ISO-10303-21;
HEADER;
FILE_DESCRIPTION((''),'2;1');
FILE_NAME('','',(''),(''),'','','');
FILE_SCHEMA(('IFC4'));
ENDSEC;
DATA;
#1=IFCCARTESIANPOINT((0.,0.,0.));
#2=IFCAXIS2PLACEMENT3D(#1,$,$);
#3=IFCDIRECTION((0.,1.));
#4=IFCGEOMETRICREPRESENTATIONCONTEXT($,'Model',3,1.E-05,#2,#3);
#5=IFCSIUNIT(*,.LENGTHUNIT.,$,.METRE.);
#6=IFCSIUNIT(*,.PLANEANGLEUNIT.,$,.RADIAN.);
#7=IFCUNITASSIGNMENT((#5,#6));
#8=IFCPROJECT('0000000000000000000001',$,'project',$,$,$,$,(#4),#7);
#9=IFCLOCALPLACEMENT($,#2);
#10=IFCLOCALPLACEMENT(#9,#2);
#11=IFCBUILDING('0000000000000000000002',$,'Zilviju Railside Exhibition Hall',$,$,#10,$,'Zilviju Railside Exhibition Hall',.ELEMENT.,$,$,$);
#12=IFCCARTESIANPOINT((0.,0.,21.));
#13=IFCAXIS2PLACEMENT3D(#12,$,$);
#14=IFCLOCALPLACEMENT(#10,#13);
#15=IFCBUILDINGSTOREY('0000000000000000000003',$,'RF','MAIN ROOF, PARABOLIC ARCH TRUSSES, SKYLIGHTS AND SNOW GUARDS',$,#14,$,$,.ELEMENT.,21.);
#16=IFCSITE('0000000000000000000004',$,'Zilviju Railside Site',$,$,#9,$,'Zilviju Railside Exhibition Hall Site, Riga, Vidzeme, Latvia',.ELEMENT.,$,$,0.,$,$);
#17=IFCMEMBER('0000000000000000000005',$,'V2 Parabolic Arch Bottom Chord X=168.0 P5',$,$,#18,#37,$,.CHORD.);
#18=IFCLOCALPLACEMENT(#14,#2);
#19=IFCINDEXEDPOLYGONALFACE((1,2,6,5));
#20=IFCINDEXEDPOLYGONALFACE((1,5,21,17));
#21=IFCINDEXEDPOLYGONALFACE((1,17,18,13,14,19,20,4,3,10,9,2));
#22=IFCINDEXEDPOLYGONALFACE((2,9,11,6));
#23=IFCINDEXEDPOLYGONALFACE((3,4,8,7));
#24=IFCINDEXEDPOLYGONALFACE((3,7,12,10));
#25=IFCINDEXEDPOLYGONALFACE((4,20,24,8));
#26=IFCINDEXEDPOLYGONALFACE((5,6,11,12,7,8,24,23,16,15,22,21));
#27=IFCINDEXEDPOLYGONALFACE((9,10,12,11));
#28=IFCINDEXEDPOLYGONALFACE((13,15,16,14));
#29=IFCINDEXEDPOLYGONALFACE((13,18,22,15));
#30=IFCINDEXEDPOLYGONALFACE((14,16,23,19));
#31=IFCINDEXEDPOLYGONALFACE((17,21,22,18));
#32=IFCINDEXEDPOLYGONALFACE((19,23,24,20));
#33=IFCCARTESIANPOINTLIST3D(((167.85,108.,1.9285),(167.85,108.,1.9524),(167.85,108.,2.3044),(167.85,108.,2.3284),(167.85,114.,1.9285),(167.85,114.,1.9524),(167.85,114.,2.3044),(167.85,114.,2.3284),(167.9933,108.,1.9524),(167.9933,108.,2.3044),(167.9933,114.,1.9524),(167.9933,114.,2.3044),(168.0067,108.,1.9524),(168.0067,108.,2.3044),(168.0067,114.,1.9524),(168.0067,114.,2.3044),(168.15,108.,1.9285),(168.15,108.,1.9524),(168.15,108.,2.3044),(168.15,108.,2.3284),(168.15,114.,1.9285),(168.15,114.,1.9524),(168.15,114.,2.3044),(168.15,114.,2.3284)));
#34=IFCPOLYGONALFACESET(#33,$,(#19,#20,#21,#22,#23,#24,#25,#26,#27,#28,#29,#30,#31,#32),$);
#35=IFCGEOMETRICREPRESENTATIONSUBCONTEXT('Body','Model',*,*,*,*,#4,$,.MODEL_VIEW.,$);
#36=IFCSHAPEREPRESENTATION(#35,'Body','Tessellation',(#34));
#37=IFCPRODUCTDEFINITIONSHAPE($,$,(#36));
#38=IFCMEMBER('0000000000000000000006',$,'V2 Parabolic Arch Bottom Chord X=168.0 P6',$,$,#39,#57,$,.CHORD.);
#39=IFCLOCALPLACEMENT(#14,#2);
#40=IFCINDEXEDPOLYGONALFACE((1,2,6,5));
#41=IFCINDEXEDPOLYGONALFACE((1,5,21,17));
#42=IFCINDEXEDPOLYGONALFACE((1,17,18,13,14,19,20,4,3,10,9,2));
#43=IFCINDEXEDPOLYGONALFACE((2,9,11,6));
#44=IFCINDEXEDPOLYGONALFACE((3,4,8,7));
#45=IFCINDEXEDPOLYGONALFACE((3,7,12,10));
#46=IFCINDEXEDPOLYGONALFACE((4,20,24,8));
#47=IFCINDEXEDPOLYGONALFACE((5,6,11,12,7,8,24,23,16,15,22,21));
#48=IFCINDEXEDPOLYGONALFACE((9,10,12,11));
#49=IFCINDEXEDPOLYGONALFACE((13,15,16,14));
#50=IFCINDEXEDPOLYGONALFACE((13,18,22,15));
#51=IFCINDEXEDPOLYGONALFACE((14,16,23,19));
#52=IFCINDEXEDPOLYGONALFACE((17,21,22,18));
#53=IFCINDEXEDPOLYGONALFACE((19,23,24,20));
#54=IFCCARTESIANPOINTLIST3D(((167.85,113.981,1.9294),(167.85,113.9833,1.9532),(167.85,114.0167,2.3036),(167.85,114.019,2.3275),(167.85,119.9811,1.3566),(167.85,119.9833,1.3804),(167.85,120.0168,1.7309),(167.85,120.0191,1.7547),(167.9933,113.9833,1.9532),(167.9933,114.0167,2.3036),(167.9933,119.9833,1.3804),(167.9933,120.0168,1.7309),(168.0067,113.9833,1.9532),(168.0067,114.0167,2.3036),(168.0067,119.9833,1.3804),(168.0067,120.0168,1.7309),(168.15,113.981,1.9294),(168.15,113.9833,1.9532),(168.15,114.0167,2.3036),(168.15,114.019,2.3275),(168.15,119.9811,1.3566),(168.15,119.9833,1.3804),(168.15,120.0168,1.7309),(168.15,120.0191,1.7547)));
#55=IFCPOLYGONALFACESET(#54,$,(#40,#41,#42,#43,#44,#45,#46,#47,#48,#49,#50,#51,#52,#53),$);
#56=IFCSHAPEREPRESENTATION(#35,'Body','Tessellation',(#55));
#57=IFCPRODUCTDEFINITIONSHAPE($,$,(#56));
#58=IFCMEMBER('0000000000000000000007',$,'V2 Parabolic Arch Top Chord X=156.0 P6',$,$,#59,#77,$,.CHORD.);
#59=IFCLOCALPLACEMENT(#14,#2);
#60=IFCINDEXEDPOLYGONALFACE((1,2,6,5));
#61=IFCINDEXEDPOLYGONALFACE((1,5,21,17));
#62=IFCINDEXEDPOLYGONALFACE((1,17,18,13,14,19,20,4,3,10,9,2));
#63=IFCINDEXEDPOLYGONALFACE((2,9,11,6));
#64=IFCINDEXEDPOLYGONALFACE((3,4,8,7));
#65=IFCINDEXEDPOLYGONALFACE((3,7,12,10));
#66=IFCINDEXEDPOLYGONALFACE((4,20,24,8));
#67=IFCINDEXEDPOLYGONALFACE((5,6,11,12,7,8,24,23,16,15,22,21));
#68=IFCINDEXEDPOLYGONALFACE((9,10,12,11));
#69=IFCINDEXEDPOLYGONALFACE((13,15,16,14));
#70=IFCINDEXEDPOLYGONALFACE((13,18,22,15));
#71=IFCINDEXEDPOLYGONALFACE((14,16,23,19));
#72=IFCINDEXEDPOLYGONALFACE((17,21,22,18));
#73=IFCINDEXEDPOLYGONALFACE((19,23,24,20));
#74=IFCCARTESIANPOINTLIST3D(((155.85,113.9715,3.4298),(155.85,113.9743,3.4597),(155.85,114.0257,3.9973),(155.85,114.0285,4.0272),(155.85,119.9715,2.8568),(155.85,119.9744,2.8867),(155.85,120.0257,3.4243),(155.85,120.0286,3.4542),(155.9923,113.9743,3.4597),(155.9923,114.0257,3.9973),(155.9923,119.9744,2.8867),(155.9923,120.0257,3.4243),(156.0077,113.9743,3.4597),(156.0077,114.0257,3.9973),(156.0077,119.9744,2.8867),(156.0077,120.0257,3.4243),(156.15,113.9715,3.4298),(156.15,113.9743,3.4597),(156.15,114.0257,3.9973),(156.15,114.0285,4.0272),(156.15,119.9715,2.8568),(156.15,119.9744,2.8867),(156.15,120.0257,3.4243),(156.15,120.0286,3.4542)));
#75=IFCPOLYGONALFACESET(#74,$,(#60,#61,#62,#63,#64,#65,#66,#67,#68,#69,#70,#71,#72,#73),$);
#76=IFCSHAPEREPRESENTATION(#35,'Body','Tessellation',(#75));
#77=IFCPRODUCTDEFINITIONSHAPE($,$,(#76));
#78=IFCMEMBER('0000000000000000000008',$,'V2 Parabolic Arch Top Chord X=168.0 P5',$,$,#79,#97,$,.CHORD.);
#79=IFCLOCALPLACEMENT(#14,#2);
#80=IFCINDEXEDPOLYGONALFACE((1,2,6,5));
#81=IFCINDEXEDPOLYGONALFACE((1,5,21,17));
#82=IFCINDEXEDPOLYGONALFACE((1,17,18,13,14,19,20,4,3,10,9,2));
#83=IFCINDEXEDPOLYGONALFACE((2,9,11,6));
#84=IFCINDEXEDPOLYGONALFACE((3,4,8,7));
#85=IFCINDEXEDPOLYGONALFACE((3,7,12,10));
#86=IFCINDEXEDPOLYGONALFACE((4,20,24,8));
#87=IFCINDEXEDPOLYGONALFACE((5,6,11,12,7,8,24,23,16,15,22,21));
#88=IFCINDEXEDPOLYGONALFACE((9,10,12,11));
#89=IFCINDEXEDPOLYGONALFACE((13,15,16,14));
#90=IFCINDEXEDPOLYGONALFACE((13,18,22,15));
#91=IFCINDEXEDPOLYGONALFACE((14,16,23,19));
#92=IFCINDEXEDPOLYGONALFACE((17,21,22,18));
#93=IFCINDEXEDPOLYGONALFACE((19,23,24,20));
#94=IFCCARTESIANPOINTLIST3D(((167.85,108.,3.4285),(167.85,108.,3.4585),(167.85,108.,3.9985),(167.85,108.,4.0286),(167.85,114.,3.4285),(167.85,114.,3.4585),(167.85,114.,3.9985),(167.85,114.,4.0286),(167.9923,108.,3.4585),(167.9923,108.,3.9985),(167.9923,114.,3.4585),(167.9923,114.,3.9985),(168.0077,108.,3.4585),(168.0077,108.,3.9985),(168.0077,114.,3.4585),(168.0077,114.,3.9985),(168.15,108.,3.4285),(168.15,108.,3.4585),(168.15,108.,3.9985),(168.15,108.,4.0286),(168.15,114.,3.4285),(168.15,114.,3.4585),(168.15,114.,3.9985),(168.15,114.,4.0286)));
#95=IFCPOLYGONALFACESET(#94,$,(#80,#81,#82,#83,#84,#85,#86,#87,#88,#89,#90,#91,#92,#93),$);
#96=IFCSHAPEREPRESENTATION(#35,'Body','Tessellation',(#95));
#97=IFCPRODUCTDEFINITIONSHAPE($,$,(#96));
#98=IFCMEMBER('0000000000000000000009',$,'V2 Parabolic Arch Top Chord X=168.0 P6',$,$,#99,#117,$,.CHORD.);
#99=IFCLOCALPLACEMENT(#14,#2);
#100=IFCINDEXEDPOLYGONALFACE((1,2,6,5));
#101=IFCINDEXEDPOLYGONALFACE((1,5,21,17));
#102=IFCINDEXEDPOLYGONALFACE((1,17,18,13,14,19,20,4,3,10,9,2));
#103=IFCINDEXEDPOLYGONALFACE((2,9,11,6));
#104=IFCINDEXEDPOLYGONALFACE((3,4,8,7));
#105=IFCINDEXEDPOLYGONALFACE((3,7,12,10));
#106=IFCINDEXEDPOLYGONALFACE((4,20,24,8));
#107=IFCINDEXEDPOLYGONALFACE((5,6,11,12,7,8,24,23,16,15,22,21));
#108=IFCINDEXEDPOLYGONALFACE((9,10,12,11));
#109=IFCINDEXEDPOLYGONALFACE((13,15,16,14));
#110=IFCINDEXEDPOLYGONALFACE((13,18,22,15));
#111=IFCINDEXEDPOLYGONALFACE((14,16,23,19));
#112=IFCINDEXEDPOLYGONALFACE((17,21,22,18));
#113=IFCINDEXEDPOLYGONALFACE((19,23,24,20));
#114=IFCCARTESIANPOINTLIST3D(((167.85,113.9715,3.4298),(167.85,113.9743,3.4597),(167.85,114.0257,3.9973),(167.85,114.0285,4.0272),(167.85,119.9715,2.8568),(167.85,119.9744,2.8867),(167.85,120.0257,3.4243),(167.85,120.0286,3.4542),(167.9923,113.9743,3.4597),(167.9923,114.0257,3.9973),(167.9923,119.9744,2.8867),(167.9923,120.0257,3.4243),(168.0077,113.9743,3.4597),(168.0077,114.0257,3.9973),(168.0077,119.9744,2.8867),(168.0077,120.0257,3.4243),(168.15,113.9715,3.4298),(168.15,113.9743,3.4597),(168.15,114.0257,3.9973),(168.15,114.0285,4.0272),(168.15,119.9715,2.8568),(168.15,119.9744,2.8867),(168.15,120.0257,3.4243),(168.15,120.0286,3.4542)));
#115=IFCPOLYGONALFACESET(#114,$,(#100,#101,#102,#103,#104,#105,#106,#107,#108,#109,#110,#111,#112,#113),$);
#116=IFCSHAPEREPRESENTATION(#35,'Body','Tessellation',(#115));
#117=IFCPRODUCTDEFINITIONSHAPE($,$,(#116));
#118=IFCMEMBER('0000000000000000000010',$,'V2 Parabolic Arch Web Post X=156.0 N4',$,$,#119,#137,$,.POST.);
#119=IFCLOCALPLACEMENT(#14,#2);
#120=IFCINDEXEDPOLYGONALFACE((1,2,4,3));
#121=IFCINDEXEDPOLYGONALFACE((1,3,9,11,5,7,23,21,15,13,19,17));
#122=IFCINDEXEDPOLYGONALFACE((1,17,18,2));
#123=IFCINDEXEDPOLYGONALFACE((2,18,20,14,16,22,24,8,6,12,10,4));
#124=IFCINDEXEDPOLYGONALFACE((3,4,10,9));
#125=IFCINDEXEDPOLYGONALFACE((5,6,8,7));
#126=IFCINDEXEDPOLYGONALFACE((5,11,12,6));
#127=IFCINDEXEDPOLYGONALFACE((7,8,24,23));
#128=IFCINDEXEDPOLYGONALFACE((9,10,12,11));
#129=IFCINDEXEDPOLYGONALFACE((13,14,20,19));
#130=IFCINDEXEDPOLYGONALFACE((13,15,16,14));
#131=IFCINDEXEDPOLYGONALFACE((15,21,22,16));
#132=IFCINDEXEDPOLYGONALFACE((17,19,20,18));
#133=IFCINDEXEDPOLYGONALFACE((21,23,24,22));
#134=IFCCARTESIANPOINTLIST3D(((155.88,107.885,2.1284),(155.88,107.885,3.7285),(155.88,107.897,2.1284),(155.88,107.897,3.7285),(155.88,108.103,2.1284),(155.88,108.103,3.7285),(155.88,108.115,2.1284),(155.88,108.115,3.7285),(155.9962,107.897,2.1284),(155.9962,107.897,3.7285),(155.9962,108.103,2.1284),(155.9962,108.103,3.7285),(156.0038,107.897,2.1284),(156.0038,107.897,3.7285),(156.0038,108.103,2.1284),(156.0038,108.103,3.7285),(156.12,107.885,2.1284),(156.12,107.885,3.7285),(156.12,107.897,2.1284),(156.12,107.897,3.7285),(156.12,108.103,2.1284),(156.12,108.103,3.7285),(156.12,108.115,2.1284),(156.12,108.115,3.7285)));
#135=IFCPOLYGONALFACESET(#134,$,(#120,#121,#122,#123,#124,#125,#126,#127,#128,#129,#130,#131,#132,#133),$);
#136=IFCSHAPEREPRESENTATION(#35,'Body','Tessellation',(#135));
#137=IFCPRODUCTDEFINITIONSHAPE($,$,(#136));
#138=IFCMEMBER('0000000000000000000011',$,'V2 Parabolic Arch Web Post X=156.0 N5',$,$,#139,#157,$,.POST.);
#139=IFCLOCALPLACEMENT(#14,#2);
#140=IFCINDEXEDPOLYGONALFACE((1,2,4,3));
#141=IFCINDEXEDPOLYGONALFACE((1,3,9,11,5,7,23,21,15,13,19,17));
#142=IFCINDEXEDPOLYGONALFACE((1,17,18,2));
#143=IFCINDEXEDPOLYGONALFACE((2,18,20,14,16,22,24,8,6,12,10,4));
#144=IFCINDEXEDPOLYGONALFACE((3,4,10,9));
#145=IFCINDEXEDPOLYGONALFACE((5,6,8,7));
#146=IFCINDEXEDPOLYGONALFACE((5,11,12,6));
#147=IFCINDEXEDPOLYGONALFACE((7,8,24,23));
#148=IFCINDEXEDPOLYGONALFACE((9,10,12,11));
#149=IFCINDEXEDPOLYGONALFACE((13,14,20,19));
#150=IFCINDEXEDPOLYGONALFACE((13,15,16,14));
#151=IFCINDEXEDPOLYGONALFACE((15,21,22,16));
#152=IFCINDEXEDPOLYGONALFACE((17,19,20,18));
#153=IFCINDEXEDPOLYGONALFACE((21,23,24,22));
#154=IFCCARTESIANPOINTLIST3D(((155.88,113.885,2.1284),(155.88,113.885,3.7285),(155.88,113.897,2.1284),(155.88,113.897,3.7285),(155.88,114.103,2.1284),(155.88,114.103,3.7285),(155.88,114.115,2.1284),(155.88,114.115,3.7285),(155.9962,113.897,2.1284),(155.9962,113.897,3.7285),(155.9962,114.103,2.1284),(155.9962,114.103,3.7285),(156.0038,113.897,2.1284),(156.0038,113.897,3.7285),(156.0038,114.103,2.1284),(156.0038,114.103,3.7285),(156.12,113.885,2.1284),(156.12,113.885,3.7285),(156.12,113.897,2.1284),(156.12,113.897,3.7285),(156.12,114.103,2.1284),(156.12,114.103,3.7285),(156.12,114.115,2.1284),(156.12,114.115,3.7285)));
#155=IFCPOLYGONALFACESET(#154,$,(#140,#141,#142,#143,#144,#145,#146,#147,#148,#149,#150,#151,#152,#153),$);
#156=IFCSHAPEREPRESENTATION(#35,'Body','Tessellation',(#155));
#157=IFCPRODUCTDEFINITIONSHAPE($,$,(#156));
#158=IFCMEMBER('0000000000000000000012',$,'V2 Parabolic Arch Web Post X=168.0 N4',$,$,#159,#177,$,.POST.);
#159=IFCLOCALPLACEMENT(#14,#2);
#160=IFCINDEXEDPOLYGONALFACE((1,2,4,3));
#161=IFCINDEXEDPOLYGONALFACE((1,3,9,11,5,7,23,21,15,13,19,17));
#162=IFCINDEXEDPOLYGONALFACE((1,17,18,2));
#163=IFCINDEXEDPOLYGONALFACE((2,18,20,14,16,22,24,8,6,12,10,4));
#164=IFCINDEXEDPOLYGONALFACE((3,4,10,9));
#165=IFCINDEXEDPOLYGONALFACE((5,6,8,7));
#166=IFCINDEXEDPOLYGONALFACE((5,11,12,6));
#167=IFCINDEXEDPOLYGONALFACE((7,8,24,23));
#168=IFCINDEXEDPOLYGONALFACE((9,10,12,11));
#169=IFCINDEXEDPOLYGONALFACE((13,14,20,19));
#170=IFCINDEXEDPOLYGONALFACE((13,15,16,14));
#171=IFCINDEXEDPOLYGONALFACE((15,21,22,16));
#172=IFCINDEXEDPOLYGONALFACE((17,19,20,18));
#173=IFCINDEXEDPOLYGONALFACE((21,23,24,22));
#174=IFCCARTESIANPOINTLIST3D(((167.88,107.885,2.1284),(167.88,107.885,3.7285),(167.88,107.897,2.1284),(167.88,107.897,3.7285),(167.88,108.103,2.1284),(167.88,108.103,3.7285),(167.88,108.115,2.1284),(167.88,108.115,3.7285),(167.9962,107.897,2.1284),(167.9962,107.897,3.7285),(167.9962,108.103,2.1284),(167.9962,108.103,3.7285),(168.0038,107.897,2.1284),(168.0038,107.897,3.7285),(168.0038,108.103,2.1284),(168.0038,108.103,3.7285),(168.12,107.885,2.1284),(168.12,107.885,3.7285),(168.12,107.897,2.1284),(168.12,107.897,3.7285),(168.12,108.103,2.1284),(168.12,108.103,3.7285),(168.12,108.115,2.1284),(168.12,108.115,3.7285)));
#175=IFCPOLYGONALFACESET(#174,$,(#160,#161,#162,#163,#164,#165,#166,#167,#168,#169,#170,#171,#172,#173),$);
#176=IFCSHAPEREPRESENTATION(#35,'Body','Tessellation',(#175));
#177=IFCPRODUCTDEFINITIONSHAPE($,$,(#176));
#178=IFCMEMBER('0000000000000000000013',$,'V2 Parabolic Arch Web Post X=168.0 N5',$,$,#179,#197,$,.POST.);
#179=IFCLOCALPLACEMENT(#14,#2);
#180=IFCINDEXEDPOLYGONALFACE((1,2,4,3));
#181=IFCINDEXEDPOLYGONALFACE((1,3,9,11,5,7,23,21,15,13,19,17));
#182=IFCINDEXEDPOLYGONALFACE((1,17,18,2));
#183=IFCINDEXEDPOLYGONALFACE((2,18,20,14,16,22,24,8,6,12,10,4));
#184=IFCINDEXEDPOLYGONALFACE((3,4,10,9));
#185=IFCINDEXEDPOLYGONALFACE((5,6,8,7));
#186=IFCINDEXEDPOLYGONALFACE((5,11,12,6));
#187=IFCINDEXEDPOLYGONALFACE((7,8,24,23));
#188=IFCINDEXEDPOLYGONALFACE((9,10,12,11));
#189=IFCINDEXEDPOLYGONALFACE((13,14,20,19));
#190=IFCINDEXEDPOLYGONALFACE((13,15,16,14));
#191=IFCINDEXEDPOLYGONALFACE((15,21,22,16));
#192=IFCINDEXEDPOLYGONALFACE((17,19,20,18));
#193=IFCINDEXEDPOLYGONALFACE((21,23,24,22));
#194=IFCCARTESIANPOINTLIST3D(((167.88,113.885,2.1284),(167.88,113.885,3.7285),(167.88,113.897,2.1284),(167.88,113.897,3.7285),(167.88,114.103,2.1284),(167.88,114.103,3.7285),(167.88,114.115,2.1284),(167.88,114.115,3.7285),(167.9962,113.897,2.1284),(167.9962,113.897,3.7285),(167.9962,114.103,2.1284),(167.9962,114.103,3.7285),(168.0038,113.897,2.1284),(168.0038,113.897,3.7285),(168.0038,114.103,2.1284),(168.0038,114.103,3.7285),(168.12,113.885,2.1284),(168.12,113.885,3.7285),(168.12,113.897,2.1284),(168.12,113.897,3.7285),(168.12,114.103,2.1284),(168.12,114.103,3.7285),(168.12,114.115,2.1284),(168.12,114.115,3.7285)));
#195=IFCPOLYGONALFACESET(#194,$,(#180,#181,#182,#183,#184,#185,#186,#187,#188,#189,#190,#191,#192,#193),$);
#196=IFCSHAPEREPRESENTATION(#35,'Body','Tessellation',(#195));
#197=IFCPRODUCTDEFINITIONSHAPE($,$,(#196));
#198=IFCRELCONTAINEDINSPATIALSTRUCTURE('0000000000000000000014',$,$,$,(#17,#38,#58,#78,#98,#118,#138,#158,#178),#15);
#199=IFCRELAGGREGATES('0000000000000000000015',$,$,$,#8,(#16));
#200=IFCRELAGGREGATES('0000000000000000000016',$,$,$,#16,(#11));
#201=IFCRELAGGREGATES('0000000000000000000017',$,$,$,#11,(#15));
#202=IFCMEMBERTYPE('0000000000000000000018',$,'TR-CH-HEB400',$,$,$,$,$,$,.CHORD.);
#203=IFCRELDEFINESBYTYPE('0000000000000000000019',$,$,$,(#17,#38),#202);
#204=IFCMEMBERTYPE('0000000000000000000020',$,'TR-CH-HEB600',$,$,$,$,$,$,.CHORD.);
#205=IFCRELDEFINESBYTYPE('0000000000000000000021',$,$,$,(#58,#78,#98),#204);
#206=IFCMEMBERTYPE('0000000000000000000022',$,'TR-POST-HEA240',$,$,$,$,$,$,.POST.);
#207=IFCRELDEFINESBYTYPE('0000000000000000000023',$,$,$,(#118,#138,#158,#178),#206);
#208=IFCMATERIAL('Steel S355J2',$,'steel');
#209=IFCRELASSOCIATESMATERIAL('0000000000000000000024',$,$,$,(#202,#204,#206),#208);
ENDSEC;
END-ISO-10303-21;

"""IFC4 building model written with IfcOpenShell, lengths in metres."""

from ifc_helpers import new_model, si_unit, direction, frame, origin, origin_2d, place, context, subcontext, project, spatial, i_section, extrude, material, material_profile, profile_set, type_object, element, save


model = new_model("IFC4")

# Units and contexts
model_context = context("Model", 3, precision=1e-05, world=origin(), true_north=direction((0.0, 1.0)))
body_context = subcontext(model_context, "Body", "Model", "MODEL_VIEW")
ifc_project = project(units=[si_unit("LENGTHUNIT", "METRE"), si_unit("PLANEANGLEUNIT", "RADIAN")], contexts=[model_context])

# Site, building, storey
site_placement = place(None, origin())
site = spatial("IfcSite", under=ifc_project, at=site_placement, Name="Zilviju Railside Site", LongName="Zilviju Railside Exhibition Hall Site, Riga, Vidzeme, Latvia", CompositionType="ELEMENT", RefElevation=0.0)
building_placement = place(site_placement, origin())
building = spatial("IfcBuilding", under=site, at=building_placement, Name="Zilviju Railside Exhibition Hall", LongName="Zilviju Railside Exhibition Hall", CompositionType="ELEMENT")
storey_placement = place(building_placement, frame((0.0, 0.0, 21.0)))
storey = spatial("IfcBuildingStorey", under=building, at=storey_placement, Name="RF", Description="MAIN ROOF, PARABOLIC ARCH TRUSSES, SKYLIGHTS AND SNOW GUARDS", CompositionType="ELEMENT", Elevation=21.0)

# Members
ifc_material_1 = material(Name="Steel S355J2", Category="steel")
ifc_material_profile_1 = material_profile(ifc_material_1, i_section(OverallWidth=0.3, OverallDepth=0.3999, WebThickness=0.0134, FlangeThickness=0.0239, at=origin_2d()), Name="HEB 400")
ifc_profile_set_1 = profile_set([ifc_material_profile_1], Name="Steel S355J2")
member_type_1 = type_object("IfcMemberType", Name="TR-CH-HEB400", PredefinedType="CHORD", material=ifc_profile_set_1)
member_1_placement = place(storey_placement, frame((168.0, 108.0, 2.1284), z_axis=(0.0, 1.0, 0.0), x_axis=(-1.0, 0.0, 0.0)))
element("IfcMember", 1, at=member_1_placement, inside=storey, type_object=member_type_1, Name="V2 Parabolic Arch Bottom Chord X=168.0 P5", PredefinedType="CHORD", context=body_context, shape_type="SweptSolid", body=[
    extrude(i_section(OverallWidth=0.3, OverallDepth=0.3999, WebThickness=0.0134, FlangeThickness=0.0239, at=origin_2d()), origin(), (0.0, 0.0, 1.0), 6.0),
])
member_2_placement = place(storey_placement, frame((168.0, 114.0, 2.1284), z_axis=(0.0, 0.995475, -0.095027), x_axis=(-1.0, 0.0, 0.0)))
element("IfcMember", 2, at=member_2_placement, inside=storey, type_object=member_type_1, Name="V2 Parabolic Arch Bottom Chord X=168.0 P6", PredefinedType="CHORD", context=body_context, shape_type="SweptSolid", body=[
    extrude(i_section(OverallWidth=0.3, OverallDepth=0.3999, WebThickness=0.0134, FlangeThickness=0.0239, at=origin_2d()), origin(), (0.0, 0.0, 1.0), 6.0273),
])
ifc_material_profile_2 = material_profile(ifc_material_1, i_section(OverallWidth=0.3, OverallDepth=0.6001, WebThickness=0.0154, FlangeThickness=0.03, at=origin_2d()), Name="HEB 600")
ifc_profile_set_2 = profile_set([ifc_material_profile_2], Name="Steel S355J2")
member_type_2 = type_object("IfcMemberType", Name="TR-CH-HEB600", PredefinedType="CHORD", material=ifc_profile_set_2)
member_3_placement = place(storey_placement, frame((156.0, 114.0, 3.7285), z_axis=(0.0, 0.995471, -0.095067), x_axis=(-1.0, 0.0, 0.0)))
element("IfcMember", 3, at=member_3_placement, inside=storey, type_object=member_type_2, Name="V2 Parabolic Arch Top Chord X=156.0 P6", PredefinedType="CHORD", context=body_context, shape_type="SweptSolid", body=[
    extrude(i_section(OverallWidth=0.3, OverallDepth=0.6001, WebThickness=0.0154, FlangeThickness=0.03, at=origin_2d()), origin(), (0.0, 0.0, 1.0), 6.0273),
])
member_4_placement = place(storey_placement, frame((168.0, 108.0, 3.7285), z_axis=(0.0, 1.0, 0.0), x_axis=(-1.0, 0.0, 0.0)))
element("IfcMember", 4, at=member_4_placement, inside=storey, type_object=member_type_2, Name="V2 Parabolic Arch Top Chord X=168.0 P5", PredefinedType="CHORD", context=body_context, shape_type="SweptSolid", body=[
    extrude(i_section(OverallWidth=0.3, OverallDepth=0.6001, WebThickness=0.0154, FlangeThickness=0.03, at=origin_2d()), origin(), (0.0, 0.0, 1.0), 6.0),
])
member_5_placement = place(storey_placement, frame((168.0, 114.0, 3.7285), z_axis=(0.0, 0.995471, -0.095067), x_axis=(-1.0, 0.0, 0.0)))
element("IfcMember", 5, at=member_5_placement, inside=storey, type_object=member_type_2, Name="V2 Parabolic Arch Top Chord X=168.0 P6", PredefinedType="CHORD", context=body_context, shape_type="SweptSolid", body=[
    extrude(i_section(OverallWidth=0.3, OverallDepth=0.6001, WebThickness=0.0154, FlangeThickness=0.03, at=origin_2d()), origin(), (0.0, 0.0, 1.0), 6.0273),
])
ifc_material_profile_3 = material_profile(ifc_material_1, i_section(OverallWidth=0.24, OverallDepth=0.23, WebThickness=0.0076, FlangeThickness=0.012, at=origin_2d()), Name="HEA 240")
ifc_profile_set_3 = profile_set([ifc_material_profile_3], Name="Steel S355J2")
member_type_3 = type_object("IfcMemberType", Name="TR-POST-HEA240", PredefinedType="POST", material=ifc_profile_set_3)
for number, where, z_axis, x_axis, name in (
    (6, (156.0, 108.0, 2.1284), (0.0, 0.0, 1.0), (1.0, 0.0, 0.0), "V2 Parabolic Arch Web Post X=156.0 N4"),
    (7, (156.0, 114.0, 2.1284), (0.0, 0.0, 1.0), (1.0, 0.0, 0.0), "V2 Parabolic Arch Web Post X=156.0 N5"),
    (8, (168.0, 108.0, 2.1284), (0.0, 0.0, 1.0), (1.0, 0.0, 0.0), "V2 Parabolic Arch Web Post X=168.0 N4"),
    (9, (168.0, 114.0, 2.1284), (0.0, 0.0, 1.0), (1.0, 0.0, 0.0), "V2 Parabolic Arch Web Post X=168.0 N5"),
):
    element("IfcMember", number, at=place(storey_placement, frame(where, z_axis=z_axis, x_axis=x_axis)), inside=storey, type_object=member_type_3, Name=name, PredefinedType="POST", context=body_context, shape_type="SweptSolid", body=[
        extrude(i_section(OverallWidth=0.24, OverallDepth=0.23, WebThickness=0.0076, FlangeThickness=0.012, at=origin_2d()), origin(), (0.0, 0.0, 1.0), 1.6001),
    ])

save(model, "model.ifc")
